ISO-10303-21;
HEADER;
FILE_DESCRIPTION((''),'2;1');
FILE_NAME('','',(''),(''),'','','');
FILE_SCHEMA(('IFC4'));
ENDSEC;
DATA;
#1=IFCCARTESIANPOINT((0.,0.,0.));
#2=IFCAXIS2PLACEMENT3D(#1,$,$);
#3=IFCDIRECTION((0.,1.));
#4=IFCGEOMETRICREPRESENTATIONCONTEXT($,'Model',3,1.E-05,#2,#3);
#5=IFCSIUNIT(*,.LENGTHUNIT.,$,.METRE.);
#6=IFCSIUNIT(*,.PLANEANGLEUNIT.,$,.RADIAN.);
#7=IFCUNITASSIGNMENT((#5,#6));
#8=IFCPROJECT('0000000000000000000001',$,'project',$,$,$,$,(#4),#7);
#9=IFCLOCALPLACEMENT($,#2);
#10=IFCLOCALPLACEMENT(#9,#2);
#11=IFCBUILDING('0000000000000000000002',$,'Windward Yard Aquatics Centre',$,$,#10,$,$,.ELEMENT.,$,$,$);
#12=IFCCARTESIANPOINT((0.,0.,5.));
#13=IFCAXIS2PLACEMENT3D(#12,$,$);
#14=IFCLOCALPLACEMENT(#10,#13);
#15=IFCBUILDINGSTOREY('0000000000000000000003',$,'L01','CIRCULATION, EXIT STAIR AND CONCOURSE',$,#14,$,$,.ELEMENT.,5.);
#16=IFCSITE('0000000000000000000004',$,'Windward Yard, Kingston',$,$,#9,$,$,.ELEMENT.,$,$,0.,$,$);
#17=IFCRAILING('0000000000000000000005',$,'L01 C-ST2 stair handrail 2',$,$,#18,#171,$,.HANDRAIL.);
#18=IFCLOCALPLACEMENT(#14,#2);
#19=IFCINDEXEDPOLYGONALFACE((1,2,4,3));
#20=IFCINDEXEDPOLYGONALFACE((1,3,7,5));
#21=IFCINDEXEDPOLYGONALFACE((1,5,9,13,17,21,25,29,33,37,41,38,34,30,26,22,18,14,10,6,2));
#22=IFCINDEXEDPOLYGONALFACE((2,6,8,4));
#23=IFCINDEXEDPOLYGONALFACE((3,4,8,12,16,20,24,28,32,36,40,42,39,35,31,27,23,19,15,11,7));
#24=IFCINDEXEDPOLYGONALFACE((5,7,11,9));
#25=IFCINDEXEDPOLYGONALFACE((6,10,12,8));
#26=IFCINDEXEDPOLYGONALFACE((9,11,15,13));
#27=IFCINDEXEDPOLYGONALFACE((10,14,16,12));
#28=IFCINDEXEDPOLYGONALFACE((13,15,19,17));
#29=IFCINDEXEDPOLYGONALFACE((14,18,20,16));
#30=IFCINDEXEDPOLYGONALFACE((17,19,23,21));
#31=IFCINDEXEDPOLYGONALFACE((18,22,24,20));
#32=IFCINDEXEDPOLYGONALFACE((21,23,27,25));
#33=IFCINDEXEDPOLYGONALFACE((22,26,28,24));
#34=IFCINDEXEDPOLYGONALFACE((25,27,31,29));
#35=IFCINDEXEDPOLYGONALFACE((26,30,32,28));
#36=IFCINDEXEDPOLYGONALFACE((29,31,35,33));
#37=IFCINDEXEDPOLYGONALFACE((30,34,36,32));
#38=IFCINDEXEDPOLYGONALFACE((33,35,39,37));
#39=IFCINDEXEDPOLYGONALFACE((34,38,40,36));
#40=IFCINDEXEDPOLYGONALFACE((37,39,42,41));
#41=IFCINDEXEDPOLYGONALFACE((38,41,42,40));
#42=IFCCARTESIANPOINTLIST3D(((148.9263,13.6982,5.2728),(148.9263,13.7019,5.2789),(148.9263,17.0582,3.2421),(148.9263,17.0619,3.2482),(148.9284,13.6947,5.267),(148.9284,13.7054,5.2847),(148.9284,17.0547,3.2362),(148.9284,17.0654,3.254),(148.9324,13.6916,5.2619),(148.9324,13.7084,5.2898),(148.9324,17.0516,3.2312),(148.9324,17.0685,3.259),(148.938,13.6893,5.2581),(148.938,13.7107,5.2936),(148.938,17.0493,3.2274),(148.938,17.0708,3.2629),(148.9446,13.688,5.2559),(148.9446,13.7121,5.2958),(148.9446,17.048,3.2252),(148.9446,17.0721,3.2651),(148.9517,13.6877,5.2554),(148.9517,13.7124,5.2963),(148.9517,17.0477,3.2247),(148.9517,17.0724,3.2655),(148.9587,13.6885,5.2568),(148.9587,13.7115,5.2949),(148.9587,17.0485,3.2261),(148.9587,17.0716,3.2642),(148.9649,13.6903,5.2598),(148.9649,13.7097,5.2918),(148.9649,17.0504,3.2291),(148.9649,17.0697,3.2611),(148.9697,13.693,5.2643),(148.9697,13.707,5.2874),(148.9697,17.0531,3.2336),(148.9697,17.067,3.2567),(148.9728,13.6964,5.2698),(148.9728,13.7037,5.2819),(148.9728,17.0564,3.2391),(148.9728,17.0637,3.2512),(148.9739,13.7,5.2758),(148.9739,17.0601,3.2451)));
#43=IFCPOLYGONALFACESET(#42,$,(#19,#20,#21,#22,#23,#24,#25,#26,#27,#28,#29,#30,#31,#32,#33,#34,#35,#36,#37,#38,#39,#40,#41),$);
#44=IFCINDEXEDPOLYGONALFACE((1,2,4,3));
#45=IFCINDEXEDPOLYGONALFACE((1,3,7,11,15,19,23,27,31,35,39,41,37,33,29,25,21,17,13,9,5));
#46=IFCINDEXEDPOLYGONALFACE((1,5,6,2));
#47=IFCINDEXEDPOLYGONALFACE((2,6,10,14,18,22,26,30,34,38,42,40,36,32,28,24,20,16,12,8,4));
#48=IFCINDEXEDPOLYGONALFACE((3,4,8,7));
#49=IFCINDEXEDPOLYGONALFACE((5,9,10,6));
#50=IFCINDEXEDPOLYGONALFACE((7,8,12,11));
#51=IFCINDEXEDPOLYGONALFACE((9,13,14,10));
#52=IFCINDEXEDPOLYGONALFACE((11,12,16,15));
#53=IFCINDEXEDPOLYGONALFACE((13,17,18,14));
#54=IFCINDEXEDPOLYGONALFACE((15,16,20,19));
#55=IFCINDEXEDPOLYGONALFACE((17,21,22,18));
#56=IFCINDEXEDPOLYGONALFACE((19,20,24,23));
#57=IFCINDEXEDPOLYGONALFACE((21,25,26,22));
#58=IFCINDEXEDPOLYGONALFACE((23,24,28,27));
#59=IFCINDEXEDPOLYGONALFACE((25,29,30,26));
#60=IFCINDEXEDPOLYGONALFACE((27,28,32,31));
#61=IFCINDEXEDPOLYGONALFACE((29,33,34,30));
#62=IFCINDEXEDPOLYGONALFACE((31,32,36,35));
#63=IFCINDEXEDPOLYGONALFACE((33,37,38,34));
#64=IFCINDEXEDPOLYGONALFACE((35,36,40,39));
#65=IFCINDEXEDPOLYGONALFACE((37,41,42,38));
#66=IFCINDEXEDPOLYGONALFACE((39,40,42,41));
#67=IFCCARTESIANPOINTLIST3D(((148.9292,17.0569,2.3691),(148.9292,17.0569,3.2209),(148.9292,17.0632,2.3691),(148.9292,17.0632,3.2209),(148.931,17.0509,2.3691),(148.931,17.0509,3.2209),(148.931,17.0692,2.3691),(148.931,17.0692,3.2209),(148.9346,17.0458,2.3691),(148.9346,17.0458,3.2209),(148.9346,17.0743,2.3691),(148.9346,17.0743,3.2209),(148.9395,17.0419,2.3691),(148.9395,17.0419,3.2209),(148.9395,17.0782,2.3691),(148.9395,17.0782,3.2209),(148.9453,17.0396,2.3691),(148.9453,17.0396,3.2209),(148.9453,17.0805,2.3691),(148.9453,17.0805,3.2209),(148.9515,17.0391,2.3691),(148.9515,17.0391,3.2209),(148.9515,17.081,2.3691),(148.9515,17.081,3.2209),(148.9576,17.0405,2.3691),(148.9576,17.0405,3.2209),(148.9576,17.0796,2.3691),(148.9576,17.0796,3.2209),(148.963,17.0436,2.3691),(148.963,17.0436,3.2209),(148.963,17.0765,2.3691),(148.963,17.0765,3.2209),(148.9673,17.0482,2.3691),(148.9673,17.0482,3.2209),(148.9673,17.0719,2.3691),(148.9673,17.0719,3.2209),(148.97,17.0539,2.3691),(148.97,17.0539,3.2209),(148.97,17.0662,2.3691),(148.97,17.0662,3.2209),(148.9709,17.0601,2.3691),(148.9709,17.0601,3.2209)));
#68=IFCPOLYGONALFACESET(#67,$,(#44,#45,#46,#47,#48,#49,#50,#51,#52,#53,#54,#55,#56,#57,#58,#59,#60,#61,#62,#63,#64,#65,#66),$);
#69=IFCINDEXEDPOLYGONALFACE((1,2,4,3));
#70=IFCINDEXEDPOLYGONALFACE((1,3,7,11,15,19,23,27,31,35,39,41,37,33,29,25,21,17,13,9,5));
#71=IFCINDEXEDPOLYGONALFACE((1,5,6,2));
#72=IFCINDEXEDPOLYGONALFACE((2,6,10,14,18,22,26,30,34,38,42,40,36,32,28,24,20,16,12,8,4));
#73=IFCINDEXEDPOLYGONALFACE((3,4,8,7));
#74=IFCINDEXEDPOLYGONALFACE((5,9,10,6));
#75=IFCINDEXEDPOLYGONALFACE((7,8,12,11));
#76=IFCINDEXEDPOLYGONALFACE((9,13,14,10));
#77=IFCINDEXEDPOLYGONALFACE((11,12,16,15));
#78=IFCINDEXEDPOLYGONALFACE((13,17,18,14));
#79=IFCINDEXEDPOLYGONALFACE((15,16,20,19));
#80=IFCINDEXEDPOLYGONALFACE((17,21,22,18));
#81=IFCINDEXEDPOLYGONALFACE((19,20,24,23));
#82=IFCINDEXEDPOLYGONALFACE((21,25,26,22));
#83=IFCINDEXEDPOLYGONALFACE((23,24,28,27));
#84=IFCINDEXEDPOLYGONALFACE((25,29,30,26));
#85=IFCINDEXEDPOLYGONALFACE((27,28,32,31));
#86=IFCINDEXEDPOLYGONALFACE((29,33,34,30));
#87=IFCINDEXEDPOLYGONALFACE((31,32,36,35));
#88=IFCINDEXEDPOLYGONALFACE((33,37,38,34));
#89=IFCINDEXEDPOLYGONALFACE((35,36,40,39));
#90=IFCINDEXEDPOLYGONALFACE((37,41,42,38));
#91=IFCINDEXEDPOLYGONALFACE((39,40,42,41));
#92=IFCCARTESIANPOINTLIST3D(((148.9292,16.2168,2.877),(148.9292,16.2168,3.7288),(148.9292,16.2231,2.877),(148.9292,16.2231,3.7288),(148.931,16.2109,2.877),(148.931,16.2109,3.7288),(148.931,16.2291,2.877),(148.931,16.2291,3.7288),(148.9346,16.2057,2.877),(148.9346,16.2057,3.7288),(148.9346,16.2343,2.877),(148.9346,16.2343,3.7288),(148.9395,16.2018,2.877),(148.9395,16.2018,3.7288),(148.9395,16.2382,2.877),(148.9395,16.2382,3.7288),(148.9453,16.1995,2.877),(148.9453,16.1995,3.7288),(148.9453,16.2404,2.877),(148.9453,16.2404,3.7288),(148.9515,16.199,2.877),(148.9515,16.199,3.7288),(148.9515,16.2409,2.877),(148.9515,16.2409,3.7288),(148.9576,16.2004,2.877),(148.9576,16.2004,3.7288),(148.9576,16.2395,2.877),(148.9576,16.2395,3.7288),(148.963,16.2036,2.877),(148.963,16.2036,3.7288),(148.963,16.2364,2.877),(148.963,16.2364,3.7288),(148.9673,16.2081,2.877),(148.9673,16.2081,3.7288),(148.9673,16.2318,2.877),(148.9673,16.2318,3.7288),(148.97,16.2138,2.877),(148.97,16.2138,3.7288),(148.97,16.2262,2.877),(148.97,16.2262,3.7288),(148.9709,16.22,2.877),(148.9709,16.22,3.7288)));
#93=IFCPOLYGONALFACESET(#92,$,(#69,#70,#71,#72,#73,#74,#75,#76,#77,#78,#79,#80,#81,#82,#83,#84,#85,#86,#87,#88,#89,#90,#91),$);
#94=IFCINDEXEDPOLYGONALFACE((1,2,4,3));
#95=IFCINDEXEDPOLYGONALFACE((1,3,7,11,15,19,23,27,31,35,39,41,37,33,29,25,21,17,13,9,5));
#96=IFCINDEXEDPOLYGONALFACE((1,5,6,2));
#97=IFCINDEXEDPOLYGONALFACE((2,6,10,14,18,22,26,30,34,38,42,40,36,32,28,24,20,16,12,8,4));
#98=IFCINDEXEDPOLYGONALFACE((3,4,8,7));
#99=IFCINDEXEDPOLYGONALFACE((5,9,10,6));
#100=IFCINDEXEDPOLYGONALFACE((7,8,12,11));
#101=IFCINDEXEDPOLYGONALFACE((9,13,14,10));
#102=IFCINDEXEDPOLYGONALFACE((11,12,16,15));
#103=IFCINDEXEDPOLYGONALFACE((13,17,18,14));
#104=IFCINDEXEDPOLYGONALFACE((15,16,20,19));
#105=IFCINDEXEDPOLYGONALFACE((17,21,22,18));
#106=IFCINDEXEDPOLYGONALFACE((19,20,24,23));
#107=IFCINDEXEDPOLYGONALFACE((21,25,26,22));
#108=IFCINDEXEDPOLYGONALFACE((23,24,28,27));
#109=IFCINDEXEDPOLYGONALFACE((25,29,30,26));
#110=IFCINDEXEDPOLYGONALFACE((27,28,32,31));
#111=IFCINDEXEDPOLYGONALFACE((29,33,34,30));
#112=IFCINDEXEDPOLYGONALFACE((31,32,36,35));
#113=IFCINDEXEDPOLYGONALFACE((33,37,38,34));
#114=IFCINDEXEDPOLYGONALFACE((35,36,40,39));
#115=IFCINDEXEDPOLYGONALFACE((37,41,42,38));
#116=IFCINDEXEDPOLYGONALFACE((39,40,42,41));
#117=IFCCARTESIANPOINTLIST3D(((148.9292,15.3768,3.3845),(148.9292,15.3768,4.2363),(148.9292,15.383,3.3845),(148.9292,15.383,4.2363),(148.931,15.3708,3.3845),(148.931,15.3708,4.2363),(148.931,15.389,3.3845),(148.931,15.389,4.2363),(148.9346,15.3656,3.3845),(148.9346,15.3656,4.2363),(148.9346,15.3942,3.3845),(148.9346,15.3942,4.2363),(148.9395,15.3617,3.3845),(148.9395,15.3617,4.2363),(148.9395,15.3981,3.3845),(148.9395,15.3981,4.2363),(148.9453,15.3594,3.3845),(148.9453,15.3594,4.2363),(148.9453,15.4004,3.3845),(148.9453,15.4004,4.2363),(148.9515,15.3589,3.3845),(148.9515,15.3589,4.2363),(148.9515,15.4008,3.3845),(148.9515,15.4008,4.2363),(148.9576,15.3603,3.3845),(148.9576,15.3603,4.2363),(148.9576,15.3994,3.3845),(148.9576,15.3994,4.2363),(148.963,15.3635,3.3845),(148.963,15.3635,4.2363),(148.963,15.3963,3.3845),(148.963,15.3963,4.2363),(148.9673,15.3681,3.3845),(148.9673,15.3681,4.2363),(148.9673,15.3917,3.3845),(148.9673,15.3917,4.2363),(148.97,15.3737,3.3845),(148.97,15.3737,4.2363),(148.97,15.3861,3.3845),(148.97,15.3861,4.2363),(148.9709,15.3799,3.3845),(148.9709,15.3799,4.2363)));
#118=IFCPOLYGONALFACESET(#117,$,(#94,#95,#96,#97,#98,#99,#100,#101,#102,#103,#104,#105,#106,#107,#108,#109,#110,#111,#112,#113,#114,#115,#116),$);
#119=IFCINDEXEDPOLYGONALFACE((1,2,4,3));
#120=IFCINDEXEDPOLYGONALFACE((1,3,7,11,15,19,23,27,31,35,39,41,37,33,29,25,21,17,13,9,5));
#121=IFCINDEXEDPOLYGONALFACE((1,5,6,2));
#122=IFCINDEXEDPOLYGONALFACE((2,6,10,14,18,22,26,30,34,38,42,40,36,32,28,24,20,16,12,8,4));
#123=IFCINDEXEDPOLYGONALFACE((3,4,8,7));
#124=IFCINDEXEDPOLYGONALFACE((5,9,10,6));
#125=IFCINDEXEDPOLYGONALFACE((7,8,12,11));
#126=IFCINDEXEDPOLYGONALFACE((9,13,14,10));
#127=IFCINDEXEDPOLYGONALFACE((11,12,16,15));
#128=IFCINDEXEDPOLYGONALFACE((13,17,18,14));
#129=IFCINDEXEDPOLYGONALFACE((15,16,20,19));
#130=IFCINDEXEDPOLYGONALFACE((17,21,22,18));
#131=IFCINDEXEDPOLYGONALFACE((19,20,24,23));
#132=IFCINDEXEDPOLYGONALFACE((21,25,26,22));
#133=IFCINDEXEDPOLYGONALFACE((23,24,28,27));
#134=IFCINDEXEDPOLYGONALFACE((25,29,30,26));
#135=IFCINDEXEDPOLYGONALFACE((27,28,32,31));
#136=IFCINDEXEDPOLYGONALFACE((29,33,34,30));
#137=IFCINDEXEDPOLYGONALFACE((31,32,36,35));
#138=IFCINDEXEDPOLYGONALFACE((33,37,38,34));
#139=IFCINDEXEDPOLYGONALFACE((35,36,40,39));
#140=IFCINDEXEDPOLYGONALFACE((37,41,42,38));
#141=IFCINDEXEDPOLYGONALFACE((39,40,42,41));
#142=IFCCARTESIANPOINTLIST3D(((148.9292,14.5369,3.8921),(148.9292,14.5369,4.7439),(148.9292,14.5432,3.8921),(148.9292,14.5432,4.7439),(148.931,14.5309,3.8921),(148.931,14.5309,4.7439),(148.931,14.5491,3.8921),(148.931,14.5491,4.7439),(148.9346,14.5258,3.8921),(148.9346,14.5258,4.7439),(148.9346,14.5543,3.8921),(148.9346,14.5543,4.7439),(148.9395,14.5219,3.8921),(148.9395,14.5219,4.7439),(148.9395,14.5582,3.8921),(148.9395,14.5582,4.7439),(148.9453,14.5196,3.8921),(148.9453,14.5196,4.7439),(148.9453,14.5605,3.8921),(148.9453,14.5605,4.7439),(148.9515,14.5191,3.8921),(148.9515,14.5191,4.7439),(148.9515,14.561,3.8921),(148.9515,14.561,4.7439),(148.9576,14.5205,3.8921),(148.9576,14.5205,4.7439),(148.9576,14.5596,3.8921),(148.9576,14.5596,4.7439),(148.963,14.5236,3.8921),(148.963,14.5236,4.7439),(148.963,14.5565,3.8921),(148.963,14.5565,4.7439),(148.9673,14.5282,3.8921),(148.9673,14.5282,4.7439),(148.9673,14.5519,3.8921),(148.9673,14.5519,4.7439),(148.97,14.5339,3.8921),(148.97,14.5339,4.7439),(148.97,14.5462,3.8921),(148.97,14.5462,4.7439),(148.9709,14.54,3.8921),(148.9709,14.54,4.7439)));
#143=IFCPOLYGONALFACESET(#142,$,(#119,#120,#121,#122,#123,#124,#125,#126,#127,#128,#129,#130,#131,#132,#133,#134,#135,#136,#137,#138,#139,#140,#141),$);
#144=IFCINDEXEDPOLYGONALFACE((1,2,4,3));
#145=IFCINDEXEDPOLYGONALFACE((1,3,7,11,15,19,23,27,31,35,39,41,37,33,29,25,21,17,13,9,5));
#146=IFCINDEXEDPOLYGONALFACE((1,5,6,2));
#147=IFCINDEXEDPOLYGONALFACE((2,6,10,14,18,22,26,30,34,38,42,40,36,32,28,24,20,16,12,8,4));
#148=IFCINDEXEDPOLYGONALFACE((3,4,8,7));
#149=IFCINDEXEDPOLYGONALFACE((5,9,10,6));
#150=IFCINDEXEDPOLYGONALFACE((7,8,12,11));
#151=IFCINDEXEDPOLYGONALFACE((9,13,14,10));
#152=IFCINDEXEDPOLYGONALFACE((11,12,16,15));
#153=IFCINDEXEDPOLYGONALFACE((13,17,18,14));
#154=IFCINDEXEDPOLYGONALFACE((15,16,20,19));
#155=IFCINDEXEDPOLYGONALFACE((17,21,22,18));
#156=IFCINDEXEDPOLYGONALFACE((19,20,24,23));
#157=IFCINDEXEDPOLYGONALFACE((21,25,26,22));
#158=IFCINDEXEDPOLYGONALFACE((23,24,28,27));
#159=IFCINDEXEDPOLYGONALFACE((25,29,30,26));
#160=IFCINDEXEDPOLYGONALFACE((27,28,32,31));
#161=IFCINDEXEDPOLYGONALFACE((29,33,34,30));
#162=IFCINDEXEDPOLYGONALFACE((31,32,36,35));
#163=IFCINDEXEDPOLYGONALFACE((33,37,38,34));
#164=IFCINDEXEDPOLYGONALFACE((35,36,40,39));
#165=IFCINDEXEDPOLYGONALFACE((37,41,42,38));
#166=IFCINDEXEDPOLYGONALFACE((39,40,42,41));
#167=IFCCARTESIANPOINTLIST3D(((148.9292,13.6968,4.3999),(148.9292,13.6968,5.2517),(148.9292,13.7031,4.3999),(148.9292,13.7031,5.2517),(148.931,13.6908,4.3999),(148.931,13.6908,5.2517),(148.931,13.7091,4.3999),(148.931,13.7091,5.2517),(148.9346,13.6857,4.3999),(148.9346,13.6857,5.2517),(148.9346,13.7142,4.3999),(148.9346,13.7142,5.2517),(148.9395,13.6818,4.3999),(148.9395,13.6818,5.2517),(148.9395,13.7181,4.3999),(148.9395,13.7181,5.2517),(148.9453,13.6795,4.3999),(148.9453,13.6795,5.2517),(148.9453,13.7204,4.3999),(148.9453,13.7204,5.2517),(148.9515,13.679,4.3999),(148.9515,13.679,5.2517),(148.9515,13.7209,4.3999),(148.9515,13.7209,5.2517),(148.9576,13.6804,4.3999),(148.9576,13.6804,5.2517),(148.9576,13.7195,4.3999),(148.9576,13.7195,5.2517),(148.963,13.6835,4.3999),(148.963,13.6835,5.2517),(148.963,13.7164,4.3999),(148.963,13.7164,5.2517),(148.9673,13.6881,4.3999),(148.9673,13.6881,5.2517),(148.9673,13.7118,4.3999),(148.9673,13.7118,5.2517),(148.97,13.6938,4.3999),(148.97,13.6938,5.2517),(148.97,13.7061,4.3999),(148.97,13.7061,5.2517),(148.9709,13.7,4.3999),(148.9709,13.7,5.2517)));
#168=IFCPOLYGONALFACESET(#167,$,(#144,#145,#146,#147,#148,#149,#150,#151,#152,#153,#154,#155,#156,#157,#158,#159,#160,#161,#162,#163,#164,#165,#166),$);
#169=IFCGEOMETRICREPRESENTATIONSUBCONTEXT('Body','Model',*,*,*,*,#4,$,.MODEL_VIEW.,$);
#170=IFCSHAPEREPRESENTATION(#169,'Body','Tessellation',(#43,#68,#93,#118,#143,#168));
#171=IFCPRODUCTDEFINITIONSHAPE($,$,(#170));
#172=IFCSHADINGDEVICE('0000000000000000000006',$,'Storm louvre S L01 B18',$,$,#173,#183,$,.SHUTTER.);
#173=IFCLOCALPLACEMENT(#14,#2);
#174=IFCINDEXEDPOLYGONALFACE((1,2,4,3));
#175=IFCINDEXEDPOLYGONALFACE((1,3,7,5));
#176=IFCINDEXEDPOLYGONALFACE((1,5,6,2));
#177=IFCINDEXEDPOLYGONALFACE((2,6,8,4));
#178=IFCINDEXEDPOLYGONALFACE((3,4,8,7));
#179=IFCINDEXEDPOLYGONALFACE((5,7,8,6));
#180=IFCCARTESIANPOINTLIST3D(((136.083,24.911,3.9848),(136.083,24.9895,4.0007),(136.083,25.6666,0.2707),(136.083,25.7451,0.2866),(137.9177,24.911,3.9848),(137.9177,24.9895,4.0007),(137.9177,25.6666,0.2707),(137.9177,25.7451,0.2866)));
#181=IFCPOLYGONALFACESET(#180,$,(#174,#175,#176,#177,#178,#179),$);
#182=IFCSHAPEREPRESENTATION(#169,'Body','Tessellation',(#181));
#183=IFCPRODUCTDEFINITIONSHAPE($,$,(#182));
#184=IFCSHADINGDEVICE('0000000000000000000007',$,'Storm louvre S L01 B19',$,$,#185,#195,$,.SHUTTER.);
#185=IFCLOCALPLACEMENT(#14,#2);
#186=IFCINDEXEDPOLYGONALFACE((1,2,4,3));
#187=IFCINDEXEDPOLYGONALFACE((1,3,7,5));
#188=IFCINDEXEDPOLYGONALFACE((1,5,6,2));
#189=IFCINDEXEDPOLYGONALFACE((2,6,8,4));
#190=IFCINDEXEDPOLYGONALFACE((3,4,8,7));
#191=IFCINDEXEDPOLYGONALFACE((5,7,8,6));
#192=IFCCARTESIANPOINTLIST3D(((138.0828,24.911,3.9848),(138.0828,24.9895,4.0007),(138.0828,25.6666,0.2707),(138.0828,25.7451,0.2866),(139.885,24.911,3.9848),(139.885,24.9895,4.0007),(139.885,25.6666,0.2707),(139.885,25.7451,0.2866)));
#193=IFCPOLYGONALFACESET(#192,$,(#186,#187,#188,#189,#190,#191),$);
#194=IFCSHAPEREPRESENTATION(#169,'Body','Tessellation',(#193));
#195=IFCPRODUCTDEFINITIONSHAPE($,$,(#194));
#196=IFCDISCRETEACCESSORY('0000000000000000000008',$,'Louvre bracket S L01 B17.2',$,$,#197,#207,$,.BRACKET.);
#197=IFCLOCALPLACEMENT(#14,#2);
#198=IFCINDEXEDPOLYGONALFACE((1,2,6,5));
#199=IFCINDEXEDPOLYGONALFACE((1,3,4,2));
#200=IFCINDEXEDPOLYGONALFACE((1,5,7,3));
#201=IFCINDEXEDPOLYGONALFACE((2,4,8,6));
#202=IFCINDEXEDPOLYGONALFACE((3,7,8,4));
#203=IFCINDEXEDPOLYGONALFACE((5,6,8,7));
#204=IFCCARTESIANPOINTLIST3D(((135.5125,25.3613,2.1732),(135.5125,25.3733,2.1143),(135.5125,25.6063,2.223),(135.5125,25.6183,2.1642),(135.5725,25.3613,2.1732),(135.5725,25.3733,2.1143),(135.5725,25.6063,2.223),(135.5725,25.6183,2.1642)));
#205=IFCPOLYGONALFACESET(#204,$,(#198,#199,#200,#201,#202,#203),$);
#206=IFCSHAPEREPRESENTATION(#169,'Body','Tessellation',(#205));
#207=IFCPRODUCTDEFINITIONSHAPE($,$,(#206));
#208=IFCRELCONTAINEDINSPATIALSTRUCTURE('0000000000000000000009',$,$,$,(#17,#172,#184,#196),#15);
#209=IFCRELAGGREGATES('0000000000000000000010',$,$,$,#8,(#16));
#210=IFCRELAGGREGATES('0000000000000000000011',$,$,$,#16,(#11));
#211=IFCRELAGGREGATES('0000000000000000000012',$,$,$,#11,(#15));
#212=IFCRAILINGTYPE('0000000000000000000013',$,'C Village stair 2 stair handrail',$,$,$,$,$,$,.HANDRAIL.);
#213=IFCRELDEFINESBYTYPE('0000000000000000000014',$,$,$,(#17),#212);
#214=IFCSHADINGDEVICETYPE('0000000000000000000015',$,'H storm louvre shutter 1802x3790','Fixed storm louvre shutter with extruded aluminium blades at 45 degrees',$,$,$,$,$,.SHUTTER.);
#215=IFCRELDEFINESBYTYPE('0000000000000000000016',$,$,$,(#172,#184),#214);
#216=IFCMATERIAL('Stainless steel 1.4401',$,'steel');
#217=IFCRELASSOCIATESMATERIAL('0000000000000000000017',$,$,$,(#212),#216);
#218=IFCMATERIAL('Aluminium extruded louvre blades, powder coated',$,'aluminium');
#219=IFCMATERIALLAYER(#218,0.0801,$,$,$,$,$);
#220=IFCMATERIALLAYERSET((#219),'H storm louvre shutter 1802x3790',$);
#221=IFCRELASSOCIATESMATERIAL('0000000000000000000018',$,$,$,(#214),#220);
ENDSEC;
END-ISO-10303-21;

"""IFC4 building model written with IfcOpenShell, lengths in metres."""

from ifc_helpers import new_model, si_unit, direction, frame, origin, origin_2d, place, context, subcontext, project, spatial, polyline, rectangle, circle, outline, extrude, material, layer, layer_set, type_object, element, save


model = new_model("IFC4")

# Units and contexts
model_context = context("Model", 3, precision=1e-05, world=origin(), true_north=direction((0.0, 1.0)))
body_context = subcontext(model_context, "Body", "Model", "MODEL_VIEW")
ifc_project = project(units=[si_unit("LENGTHUNIT", "METRE"), si_unit("PLANEANGLEUNIT", "RADIAN")], contexts=[model_context])

# Site, building, storey
site_placement = place(None, origin())
site = spatial("IfcSite", under=ifc_project, at=site_placement, Name="Windward Yard, Kingston", CompositionType="ELEMENT", RefElevation=0.0)
building_placement = place(site_placement, origin())
building = spatial("IfcBuilding", under=site, at=building_placement, Name="Windward Yard Aquatics Centre", CompositionType="ELEMENT")
storey_placement = place(building_placement, frame((0.0, 0.0, 5.0)))
storey = spatial("IfcBuildingStorey", under=building, at=storey_placement, Name="L01", Description="CIRCULATION, EXIT STAIR AND CONCOURSE", CompositionType="ELEMENT", Elevation=5.0)

# Railing
ifc_material_1 = material(Name="Stainless steel 1.4401", Category="steel")
railing_type_1 = type_object("IfcRailingType", Name="C Village stair 2 stair handrail", PredefinedType="HANDRAIL", material=ifc_material_1)
railing_1_placement = place(storey_placement, frame((148.95, 17.0601, 2.3691)))
element("IfcRailing", 1, at=railing_1_placement, inside=storey, type_object=railing_type_1, Name="L01 C-ST2 stair handrail 2", PredefinedType="HANDRAIL", context=body_context, shape_type="SweptSolid", body=[
    extrude(circle(Radius=0.0239, at=origin_2d()), frame((0.0, 0.0, 0.876), z_axis=(0.0, -0.855837, 0.517246), x_axis=(1.0, 0.0, 0.0)), (0.0, 0.0, 1.0), 3.926),
    extrude(circle(Radius=0.021, at=origin_2d()), origin(), (0.0, 0.0, 1.0), 0.8518),
    extrude(circle(Radius=0.021, at=origin_2d()), frame((0.0, -0.8401, 0.5078)), (0.0, 0.0, 1.0), 0.8518),
    extrude(circle(Radius=0.021, at=origin_2d()), frame((0.0, -1.6802, 1.0154)), (0.0, 0.0, 1.0), 0.8518),
    extrude(circle(Radius=0.021, at=origin_2d()), frame((0.0, -2.52, 1.5229)), (0.0, 0.0, 1.0), 0.8518),
    extrude(circle(Radius=0.021, at=origin_2d()), frame((0.0, -3.3601, 2.0308)), (0.0, 0.0, 1.0), 0.8518),
])

# Shading devices
ifc_material_2 = material(Name="Aluminium extruded louvre blades, powder coated", Category="aluminium")
ifc_layer_1 = layer(ifc_material_2, 0.0801)
ifc_layer_set_1 = layer_set([ifc_layer_1], Name="H storm louvre shutter 1802x3790")
shading_device_type = type_object("IfcShadingDeviceType", Name="H storm louvre shutter 1802x3790", Description="Fixed storm louvre shutter with extruded aluminium blades at 45 degrees", PredefinedType="SHUTTER", material=ifc_layer_set_1)
shading_device_1_placement = place(storey_placement, frame((136.083, 24.9895, 4.0007), z_axis=(0.0, 0.979926, 0.199361), x_axis=(0.0, 0.199361, -0.979926)))
element("IfcShadingDevice", 2, at=shading_device_1_placement, inside=storey, type_object=shading_device_type, Name="Storm louvre S L01 B18", PredefinedType="SHUTTER", context=body_context, shape_type="SweptSolid", body=[
    extrude(outline(polyline([(0.0, 0.0), (3.7902, 0.0), (3.7902, -1.8347), (0.0, -1.8347), (0.0, 0.0)])), origin(), (0.0, 0.0, -1.0), 0.0801),
])
shading_device_2_placement = place(storey_placement, frame((138.0828, 24.9895, 4.0007), z_axis=(0.0, 0.979926, 0.199361), x_axis=(0.0, 0.199361, -0.979926)))
element("IfcShadingDevice", 3, at=shading_device_2_placement, inside=storey, type_object=shading_device_type, Name="Storm louvre S L01 B19", PredefinedType="SHUTTER", context=body_context, shape_type="SweptSolid", body=[
    extrude(outline(polyline([(0.0, 0.0), (3.7902, 0.0), (3.7902, -1.8022), (0.0, -1.8022), (0.0, 0.0)])), origin(), (0.0, 0.0, -1.0), 0.0801),
])

# Discrete accessory
for number, where, z_axis, x_axis, name in (
    (4, (135.5425, 25.6123, 2.1936), (0.0, -0.979937, -0.199309), (1.0, 0.0, 0.0), "Louvre bracket S L01 B17.2"),
):
    element("IfcDiscreteAccessory", number, at=place(storey_placement, frame(where, z_axis=z_axis, x_axis=x_axis)), inside=storey, Name=name, PredefinedType="BRACKET", context=body_context, shape_type="SweptSolid", body=[
        extrude(rectangle(XDim=0.0601, YDim=0.0601, at=origin_2d()), origin(), (0.0, 0.0, 1.0), 0.25),
    ])

save(model, "model.ifc")
